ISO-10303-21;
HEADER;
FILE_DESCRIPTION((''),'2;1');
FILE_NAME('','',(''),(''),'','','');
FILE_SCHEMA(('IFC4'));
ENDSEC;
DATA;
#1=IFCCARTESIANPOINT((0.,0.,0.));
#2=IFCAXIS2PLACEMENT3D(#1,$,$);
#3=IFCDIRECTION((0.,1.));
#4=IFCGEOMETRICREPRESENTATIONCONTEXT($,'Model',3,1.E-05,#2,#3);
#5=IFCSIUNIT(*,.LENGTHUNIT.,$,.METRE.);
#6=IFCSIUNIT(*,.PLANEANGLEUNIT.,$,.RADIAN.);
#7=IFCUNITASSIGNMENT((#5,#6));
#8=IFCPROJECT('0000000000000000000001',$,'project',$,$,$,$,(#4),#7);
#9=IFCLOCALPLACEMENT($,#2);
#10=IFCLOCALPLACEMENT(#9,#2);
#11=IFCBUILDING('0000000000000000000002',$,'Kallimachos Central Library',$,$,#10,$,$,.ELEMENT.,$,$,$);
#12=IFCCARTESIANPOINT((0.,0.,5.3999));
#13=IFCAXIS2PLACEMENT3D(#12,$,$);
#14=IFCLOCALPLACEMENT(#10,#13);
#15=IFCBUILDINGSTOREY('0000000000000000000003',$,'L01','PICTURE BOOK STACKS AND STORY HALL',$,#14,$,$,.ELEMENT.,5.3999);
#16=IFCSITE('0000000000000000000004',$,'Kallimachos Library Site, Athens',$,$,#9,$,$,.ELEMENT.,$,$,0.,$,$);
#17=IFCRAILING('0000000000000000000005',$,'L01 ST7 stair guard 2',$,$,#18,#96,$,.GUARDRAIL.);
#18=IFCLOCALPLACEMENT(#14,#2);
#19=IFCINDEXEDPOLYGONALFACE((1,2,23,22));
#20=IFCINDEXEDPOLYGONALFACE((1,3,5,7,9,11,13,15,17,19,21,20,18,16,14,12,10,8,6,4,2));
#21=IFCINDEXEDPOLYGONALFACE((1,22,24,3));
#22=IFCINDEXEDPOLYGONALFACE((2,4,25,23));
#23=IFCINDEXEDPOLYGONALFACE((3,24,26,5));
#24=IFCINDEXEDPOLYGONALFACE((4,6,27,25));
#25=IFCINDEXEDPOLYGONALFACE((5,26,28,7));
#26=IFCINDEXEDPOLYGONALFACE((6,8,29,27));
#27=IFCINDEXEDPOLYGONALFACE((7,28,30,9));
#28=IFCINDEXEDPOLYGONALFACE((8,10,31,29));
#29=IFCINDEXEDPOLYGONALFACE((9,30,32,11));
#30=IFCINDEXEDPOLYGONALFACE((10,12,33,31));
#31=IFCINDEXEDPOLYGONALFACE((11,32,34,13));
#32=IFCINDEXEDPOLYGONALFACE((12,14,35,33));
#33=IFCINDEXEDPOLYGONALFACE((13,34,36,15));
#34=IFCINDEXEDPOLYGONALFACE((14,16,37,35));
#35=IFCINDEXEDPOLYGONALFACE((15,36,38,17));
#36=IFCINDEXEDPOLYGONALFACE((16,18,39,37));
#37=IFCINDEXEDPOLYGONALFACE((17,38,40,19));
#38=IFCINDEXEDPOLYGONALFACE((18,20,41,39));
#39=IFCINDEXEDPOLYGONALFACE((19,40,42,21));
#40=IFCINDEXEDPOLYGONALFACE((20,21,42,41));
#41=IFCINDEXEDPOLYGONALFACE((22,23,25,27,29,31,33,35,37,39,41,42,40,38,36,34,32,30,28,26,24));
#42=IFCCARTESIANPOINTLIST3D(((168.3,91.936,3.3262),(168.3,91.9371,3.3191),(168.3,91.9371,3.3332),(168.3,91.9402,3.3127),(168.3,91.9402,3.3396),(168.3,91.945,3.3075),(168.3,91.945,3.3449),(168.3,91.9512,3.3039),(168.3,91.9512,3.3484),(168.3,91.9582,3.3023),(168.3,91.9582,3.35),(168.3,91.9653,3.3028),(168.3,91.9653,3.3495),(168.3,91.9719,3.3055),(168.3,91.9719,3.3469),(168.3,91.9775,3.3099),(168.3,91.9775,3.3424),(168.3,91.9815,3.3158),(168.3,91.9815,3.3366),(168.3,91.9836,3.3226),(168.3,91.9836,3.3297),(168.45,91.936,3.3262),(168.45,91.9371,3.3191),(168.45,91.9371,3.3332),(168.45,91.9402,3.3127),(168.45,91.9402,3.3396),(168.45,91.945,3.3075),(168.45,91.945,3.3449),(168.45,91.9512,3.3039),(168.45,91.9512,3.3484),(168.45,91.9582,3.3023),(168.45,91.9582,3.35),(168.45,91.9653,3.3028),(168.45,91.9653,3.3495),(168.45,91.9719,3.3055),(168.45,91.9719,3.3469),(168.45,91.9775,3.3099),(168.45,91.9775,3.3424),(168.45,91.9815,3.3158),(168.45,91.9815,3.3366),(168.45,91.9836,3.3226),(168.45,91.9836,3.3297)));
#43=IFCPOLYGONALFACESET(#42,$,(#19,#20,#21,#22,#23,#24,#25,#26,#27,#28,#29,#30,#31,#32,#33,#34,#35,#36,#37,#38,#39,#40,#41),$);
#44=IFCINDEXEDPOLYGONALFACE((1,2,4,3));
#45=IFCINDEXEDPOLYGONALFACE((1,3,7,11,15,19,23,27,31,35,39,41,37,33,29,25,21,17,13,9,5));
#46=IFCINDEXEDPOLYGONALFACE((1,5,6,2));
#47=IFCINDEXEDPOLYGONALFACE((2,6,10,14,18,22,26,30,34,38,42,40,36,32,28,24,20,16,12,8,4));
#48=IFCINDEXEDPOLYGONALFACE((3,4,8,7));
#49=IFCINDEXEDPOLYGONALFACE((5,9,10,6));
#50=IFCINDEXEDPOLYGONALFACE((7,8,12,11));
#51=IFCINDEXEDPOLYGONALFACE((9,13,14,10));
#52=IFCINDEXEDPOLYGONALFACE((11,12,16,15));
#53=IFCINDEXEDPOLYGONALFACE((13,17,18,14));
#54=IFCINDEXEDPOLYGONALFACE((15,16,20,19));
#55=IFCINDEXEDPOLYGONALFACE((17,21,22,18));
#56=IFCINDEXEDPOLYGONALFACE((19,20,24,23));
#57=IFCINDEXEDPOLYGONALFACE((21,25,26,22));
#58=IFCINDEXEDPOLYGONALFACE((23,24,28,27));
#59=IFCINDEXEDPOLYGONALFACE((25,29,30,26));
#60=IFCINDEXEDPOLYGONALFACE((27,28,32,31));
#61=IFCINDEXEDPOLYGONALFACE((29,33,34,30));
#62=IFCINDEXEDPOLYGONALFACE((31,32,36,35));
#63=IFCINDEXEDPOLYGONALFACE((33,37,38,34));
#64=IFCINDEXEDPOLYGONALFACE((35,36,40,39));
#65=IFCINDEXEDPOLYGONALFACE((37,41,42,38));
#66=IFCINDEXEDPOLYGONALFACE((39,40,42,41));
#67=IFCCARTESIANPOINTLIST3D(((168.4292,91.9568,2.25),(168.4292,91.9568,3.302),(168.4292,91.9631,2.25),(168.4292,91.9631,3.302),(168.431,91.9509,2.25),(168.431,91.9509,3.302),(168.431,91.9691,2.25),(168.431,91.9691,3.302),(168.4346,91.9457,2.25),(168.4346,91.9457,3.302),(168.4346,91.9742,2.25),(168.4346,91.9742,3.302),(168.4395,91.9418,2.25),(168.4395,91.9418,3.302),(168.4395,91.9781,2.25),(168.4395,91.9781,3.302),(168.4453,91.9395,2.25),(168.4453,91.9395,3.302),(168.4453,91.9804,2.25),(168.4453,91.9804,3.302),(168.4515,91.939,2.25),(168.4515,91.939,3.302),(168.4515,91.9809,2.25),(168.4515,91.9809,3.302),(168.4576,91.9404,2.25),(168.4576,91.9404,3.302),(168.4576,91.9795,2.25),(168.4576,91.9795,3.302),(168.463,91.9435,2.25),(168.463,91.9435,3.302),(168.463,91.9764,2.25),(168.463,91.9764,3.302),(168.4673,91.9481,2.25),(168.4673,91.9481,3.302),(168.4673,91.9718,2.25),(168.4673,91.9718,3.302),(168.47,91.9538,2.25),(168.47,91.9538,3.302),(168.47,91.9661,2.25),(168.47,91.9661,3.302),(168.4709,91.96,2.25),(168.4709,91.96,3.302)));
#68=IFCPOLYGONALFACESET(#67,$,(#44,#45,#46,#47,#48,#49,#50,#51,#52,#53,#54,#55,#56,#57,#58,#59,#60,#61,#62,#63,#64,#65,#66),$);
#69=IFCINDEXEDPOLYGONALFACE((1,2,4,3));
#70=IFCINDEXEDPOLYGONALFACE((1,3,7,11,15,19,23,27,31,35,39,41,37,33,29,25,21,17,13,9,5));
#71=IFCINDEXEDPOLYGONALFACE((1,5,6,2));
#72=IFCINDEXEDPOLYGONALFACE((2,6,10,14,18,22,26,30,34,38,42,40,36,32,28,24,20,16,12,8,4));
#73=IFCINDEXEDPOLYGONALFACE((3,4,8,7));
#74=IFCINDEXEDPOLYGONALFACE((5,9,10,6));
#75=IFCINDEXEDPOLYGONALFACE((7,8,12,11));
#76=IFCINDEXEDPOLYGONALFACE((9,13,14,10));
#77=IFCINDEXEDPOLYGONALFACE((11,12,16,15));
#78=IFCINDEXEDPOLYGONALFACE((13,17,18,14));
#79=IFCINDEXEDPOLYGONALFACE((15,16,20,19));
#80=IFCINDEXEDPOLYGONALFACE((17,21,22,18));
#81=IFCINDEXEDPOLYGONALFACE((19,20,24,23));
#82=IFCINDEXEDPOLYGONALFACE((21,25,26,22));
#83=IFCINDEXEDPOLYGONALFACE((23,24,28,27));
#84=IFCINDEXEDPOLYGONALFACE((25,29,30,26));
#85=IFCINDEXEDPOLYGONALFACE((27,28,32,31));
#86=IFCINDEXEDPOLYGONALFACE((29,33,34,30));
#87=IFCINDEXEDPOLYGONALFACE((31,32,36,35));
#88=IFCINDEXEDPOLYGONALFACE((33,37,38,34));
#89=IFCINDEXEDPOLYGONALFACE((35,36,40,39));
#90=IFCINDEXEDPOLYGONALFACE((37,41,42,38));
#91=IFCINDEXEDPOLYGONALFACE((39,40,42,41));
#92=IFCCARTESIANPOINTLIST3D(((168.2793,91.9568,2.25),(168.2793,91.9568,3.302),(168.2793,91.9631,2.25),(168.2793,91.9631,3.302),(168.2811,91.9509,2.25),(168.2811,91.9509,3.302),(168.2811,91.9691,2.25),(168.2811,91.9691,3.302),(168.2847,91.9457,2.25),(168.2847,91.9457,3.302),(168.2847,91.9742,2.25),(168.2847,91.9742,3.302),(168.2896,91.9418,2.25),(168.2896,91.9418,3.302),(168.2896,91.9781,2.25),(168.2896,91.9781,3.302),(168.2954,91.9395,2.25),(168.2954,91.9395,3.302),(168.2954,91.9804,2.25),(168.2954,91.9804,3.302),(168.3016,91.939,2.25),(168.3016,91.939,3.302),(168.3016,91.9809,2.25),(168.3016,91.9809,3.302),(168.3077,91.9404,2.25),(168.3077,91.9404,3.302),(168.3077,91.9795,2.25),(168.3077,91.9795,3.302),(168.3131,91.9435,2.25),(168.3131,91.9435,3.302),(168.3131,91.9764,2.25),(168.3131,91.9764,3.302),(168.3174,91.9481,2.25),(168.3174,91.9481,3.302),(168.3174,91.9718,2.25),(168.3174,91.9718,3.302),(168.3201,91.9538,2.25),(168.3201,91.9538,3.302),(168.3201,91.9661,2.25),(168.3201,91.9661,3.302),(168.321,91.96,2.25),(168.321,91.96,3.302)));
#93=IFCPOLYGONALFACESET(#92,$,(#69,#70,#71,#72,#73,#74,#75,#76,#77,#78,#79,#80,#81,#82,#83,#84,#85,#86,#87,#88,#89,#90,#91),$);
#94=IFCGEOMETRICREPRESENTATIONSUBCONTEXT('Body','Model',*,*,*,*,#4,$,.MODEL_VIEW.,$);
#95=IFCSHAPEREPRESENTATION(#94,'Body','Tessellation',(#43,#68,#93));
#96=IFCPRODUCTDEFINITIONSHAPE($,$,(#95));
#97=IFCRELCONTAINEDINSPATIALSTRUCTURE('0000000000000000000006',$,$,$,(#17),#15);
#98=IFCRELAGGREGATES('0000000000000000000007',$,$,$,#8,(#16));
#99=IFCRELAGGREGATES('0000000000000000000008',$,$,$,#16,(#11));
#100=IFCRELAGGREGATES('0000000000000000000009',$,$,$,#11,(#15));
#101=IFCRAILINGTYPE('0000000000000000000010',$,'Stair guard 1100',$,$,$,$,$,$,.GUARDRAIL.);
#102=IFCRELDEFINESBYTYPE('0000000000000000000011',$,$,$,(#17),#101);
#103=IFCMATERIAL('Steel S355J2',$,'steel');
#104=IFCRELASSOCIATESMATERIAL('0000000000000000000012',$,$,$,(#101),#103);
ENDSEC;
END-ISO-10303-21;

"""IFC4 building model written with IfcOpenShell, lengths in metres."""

from ifc_helpers import new_model, si_unit, direction, frame, origin, origin_2d, place, context, subcontext, project, spatial, circle, extrude, material, type_object, element, save


model = new_model("IFC4")

# Units and contexts
model_context = context("Model", 3, precision=1e-05, world=origin(), true_north=direction((0.0, 1.0)))
body_context = subcontext(model_context, "Body", "Model", "MODEL_VIEW")
ifc_project = project(units=[si_unit("LENGTHUNIT", "METRE"), si_unit("PLANEANGLEUNIT", "RADIAN")], contexts=[model_context])

# Site, building, storey
site_placement = place(None, origin())
site = spatial("IfcSite", under=ifc_project, at=site_placement, Name="Kallimachos Library Site, Athens", CompositionType="ELEMENT", RefElevation=0.0)
building_placement = place(site_placement, origin())
building = spatial("IfcBuilding", under=site, at=building_placement, Name="Kallimachos Central Library", CompositionType="ELEMENT")
storey_placement = place(building_placement, frame((0.0, 0.0, 5.3999)))
storey = spatial("IfcBuildingStorey", under=building, at=storey_placement, Name="L01", Description="PICTURE BOOK STACKS AND STORY HALL", CompositionType="ELEMENT", Elevation=5.3999)

# Railing
ifc_material_1 = material(Name="Steel S355J2", Category="steel")
railing_type_1 = type_object("IfcRailingType", Name="Stair guard 1100", PredefinedType="GUARDRAIL", material=ifc_material_1)
railing_1_placement = place(storey_placement, frame((168.45, 91.96, 2.25)))
element("IfcRailing", 1, at=railing_1_placement, inside=storey, type_object=railing_type_1, Name="L01 ST7 stair guard 2", PredefinedType="GUARDRAIL", context=body_context, shape_type="SweptSolid", body=[
    extrude(circle(Radius=0.0239, at=origin_2d()), frame((0.0, 0.0, 1.0762), z_axis=(-1.0, 0.0, 0.0), x_axis=(0.0, -1.0, 0.0)), (0.0, 0.0, 1.0), 0.1499),
    extrude(circle(Radius=0.021, at=origin_2d()), origin(), (0.0, 0.0, 1.0), 1.052),
    extrude(circle(Radius=0.021, at=origin_2d()), frame((-0.1499, 0.0, 0.0)), (0.0, 0.0, 1.0), 1.052),
])

save(model, "model.ifc")
